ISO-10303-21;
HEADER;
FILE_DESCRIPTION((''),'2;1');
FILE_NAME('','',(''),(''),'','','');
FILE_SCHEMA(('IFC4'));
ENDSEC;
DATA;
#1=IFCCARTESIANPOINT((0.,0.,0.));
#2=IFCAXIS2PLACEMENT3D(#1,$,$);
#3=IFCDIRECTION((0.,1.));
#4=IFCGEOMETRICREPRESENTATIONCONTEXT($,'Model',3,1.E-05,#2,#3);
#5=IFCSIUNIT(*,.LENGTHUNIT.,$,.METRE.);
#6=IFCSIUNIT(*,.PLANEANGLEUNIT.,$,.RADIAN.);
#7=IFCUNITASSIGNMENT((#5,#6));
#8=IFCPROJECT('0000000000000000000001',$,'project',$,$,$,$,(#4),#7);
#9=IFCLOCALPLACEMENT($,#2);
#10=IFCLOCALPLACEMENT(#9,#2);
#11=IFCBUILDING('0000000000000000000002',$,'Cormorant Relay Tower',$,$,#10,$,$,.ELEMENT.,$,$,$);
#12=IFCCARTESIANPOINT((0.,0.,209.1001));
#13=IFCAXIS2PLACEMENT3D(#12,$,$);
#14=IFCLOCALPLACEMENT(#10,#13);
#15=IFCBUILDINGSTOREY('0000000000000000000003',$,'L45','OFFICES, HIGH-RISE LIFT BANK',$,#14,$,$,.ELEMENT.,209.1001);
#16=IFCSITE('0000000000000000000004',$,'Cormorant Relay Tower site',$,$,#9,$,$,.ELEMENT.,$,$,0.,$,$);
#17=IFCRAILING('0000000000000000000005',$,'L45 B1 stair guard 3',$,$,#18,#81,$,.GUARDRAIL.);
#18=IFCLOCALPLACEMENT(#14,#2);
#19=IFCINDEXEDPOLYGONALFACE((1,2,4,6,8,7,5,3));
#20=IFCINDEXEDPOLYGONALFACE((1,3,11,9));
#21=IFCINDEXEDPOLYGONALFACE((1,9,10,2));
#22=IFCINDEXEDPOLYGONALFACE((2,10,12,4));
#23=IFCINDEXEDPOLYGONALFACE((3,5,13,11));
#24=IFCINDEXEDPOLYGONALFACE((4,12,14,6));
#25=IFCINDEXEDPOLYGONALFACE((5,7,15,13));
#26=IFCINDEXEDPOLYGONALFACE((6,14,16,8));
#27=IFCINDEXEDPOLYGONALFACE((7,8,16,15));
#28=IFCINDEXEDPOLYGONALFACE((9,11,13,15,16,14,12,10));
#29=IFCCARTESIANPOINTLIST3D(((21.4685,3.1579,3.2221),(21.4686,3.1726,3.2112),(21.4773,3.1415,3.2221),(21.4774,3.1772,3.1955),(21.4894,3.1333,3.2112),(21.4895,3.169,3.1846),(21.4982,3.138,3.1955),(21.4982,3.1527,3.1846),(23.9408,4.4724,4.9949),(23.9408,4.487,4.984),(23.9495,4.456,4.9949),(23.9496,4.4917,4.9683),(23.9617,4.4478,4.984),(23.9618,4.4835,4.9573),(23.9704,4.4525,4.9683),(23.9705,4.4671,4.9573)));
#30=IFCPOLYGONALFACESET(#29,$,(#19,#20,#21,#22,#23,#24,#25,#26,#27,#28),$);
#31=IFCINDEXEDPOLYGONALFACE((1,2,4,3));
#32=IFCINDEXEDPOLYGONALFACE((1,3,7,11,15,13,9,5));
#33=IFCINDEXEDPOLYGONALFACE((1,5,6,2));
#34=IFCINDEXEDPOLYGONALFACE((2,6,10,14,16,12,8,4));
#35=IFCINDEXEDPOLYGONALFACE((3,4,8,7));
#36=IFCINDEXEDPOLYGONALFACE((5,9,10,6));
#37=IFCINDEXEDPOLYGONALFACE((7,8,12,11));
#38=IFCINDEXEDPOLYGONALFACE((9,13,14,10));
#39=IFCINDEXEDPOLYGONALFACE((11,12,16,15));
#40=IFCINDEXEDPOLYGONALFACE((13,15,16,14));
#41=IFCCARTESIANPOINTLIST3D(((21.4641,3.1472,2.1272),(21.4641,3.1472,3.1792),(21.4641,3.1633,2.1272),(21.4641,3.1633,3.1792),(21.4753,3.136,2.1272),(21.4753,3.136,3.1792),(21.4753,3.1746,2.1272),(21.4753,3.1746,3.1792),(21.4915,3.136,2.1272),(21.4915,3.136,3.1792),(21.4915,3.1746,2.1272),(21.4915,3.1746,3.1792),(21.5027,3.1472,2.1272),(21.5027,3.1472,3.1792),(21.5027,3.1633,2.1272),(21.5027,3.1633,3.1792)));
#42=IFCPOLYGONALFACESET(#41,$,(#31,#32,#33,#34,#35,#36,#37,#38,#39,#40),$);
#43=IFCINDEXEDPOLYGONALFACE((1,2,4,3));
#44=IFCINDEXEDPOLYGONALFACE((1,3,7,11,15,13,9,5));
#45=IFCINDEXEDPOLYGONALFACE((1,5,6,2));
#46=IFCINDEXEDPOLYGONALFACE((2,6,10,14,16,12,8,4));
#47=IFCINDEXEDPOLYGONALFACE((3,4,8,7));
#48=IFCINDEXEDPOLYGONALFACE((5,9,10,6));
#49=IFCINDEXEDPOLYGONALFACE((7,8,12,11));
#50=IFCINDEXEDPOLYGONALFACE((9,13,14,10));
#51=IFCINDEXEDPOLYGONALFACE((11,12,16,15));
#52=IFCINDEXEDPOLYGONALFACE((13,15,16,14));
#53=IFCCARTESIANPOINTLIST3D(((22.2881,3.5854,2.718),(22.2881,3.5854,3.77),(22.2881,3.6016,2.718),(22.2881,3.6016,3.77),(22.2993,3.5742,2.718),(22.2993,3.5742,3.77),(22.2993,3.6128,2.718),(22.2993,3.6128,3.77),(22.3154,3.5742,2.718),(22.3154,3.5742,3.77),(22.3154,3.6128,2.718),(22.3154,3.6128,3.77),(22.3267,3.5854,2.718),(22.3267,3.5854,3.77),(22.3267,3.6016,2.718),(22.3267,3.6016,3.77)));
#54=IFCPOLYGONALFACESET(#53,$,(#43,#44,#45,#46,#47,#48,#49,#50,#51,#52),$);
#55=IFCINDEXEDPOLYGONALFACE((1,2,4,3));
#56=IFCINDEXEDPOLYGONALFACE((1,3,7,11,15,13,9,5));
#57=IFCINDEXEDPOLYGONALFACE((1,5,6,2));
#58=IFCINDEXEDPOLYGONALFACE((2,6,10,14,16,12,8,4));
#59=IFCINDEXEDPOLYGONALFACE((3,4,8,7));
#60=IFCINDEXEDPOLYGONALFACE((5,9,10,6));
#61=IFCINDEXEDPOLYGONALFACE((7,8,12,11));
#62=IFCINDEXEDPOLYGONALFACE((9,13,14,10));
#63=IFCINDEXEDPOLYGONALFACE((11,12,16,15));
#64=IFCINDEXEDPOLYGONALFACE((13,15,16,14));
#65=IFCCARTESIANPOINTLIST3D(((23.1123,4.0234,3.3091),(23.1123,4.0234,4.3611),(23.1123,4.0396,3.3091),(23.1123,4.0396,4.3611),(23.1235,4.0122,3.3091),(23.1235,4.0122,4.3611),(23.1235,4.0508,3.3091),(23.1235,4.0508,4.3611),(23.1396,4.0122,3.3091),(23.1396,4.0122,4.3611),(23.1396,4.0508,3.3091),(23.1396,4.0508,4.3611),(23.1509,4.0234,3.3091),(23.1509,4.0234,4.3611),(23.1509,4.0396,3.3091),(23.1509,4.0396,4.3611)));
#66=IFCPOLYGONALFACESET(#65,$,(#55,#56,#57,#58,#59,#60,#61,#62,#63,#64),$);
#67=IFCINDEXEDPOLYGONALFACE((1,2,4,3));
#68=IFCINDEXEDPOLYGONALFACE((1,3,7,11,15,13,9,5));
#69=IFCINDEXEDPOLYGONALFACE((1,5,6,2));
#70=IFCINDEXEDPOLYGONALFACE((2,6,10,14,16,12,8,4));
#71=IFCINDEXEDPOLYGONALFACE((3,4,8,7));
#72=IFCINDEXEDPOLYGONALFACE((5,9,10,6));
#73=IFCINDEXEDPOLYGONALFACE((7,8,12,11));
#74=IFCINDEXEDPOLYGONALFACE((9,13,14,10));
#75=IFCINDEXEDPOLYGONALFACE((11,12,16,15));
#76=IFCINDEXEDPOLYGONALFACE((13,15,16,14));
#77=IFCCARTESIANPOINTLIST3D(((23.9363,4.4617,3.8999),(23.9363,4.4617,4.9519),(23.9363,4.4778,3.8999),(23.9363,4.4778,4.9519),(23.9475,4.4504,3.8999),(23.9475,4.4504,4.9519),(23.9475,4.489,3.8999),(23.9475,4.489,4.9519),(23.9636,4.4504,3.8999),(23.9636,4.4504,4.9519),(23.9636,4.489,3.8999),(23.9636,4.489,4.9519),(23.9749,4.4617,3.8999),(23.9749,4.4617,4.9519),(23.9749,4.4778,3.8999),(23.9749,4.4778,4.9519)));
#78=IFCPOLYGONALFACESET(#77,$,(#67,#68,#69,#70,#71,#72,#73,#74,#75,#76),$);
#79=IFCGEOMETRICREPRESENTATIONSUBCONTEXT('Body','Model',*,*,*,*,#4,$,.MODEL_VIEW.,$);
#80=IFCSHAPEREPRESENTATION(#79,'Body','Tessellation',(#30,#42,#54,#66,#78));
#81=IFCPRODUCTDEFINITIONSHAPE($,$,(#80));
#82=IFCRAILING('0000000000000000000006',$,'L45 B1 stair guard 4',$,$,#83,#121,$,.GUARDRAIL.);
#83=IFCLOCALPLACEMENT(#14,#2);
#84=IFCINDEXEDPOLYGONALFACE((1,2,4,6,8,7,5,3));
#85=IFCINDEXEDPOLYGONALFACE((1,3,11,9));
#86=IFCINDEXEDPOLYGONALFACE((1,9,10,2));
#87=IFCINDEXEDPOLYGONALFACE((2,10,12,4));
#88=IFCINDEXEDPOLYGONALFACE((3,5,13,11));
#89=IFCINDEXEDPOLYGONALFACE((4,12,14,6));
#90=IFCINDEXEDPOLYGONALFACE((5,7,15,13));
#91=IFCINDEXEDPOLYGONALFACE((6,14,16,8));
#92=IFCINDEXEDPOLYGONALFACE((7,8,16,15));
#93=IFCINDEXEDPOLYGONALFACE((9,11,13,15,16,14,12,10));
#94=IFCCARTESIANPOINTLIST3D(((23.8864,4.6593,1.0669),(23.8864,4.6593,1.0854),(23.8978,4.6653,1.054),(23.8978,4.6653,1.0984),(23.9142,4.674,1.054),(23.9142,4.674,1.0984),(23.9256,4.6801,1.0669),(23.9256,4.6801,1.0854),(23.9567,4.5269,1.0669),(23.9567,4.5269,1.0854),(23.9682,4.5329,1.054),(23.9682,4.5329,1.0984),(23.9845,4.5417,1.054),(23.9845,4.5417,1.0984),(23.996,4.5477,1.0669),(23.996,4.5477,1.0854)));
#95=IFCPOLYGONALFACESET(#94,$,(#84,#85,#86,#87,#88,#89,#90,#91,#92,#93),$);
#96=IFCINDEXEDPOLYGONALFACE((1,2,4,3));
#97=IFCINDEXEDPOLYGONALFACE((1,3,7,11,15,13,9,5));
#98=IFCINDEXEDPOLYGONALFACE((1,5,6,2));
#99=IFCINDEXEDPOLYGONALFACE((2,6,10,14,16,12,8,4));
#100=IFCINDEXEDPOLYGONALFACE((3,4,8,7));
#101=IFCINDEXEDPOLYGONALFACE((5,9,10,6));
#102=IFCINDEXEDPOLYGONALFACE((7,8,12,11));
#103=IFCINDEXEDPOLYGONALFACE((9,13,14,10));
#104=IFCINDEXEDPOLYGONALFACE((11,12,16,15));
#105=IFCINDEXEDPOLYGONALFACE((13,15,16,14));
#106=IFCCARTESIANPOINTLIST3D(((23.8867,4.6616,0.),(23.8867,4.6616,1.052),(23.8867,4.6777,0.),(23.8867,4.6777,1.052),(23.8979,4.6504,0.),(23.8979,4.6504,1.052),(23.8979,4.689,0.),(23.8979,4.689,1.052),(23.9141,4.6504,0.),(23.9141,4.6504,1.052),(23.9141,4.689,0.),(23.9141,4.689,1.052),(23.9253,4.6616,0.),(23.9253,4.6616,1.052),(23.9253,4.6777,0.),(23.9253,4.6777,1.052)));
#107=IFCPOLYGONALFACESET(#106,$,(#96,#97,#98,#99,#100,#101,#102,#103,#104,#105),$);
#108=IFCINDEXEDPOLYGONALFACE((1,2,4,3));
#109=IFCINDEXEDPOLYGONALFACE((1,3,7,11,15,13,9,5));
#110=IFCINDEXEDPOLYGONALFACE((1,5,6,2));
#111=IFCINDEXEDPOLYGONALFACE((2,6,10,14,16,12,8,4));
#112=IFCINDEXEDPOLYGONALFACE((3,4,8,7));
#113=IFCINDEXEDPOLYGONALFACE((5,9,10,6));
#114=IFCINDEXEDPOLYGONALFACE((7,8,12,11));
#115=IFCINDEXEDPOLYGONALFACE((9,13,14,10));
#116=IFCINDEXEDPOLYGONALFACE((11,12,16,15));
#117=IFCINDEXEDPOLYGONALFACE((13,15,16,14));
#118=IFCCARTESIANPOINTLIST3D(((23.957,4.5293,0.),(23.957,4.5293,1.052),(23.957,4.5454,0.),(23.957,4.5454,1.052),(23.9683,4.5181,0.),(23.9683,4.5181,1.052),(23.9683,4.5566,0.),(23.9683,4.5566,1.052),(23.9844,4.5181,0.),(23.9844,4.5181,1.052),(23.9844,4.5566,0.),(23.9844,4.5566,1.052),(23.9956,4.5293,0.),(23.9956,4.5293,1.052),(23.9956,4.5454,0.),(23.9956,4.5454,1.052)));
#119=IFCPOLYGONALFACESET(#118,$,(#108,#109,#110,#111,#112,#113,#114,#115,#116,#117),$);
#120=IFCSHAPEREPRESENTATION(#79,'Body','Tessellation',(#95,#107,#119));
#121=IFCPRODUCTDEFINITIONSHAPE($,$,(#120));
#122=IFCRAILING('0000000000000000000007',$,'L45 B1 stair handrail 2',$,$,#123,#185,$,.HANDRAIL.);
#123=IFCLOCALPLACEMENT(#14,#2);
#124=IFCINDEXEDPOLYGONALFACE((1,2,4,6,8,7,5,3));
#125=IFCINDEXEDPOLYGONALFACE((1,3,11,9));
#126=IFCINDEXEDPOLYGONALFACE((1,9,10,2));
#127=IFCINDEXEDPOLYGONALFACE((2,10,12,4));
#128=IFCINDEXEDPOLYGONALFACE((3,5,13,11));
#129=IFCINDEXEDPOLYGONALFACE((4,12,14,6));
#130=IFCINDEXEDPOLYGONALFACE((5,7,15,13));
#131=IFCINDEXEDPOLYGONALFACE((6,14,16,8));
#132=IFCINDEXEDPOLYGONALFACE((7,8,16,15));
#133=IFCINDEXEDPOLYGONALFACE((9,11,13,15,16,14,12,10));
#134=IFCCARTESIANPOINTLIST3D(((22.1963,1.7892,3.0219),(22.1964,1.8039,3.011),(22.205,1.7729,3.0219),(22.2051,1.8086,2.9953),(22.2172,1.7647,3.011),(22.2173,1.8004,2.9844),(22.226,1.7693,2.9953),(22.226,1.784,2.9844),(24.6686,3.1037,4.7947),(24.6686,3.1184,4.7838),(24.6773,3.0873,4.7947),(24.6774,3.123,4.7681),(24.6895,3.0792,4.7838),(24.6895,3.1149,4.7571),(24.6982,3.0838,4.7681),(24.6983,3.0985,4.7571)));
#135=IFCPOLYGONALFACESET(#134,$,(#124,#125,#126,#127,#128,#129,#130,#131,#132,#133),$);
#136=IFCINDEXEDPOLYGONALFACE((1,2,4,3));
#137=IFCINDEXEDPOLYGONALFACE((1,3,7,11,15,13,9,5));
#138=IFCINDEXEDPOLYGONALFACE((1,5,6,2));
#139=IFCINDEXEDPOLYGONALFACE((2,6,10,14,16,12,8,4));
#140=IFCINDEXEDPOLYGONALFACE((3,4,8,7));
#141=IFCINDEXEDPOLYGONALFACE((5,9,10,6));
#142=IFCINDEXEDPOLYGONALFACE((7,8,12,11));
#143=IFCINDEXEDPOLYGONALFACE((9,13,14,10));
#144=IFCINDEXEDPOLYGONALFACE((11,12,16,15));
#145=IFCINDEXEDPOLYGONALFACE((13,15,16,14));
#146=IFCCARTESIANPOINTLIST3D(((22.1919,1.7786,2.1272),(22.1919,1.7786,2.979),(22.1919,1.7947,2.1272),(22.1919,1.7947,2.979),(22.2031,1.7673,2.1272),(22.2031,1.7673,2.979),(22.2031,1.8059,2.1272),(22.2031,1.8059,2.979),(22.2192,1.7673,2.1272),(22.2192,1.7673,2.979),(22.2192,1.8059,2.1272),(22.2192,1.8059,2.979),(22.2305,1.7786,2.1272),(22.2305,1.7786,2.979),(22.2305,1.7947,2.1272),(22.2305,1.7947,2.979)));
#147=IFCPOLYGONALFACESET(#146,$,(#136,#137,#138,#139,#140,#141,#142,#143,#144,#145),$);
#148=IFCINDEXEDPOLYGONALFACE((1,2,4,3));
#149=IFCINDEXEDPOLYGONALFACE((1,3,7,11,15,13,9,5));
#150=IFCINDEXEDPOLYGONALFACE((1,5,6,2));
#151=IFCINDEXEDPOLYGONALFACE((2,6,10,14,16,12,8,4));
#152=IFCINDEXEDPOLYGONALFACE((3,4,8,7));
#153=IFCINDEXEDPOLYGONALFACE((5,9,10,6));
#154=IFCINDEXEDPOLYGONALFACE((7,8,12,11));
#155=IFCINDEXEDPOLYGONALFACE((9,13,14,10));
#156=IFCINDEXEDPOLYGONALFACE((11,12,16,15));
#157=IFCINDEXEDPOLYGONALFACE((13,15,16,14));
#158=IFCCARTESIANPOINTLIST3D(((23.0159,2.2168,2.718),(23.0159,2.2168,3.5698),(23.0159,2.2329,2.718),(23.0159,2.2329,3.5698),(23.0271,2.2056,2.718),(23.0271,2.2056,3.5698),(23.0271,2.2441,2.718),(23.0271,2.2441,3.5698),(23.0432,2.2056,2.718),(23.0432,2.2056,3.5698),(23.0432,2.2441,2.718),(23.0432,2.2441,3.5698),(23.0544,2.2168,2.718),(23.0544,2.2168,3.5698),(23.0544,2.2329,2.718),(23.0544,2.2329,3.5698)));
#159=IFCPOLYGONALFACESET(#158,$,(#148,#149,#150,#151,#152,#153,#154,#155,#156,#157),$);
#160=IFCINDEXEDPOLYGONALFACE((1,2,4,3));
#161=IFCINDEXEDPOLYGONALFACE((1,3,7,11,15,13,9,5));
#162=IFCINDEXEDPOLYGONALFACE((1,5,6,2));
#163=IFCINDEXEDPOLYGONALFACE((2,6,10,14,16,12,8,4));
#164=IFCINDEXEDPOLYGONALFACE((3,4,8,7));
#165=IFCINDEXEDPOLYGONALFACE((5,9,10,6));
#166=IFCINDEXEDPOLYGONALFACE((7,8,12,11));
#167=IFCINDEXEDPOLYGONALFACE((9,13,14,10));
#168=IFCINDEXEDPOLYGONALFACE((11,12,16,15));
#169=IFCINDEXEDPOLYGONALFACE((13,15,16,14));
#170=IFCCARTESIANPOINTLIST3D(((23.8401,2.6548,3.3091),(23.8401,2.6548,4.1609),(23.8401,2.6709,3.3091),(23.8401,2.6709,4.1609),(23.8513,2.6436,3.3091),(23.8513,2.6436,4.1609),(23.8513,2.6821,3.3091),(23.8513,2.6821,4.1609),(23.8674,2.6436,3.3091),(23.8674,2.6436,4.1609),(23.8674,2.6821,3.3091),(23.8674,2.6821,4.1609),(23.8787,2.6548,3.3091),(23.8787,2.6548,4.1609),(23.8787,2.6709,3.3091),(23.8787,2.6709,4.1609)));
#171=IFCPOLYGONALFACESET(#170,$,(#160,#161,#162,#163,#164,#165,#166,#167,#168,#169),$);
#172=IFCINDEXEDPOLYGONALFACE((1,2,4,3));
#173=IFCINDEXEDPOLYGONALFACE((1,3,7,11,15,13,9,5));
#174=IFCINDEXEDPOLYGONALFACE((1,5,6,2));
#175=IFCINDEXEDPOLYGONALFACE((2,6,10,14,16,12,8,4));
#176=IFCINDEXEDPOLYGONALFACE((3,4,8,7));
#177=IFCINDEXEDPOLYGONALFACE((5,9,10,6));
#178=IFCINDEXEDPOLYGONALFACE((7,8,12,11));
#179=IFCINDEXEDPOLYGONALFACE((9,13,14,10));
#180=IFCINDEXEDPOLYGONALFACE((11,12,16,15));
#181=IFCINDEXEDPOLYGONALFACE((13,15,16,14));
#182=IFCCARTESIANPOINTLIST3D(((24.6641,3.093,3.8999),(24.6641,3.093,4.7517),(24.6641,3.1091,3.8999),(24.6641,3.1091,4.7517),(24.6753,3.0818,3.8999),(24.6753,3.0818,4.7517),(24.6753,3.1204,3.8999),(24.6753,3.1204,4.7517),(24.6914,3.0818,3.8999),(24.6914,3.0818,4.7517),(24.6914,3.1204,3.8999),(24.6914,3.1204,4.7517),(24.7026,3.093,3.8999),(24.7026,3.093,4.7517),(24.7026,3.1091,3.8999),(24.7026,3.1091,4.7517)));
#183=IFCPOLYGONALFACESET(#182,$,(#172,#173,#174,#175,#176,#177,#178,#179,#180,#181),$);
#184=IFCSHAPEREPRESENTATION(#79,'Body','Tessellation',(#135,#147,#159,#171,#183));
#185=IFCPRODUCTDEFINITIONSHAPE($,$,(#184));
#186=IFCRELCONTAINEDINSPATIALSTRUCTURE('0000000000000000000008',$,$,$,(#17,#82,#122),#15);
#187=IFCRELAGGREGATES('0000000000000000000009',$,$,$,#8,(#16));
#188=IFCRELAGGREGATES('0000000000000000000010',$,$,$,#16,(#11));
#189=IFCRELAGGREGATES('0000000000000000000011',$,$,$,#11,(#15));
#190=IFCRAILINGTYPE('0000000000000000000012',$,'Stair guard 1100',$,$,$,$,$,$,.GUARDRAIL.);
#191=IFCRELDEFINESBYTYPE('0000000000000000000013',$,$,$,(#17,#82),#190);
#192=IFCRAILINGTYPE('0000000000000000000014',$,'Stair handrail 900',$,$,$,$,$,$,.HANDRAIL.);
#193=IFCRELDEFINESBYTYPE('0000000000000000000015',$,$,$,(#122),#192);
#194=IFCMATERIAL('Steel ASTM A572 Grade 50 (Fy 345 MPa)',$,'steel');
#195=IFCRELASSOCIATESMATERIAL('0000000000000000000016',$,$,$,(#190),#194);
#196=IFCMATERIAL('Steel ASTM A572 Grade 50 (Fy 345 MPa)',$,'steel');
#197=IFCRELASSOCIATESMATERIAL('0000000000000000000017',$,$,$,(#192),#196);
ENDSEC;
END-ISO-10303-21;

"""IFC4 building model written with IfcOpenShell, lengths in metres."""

from ifc_helpers import new_model, si_unit, direction, frame, origin, place, context, subcontext, project, spatial, polyline, outline, extrude, material, type_object, element, save


model = new_model("IFC4")

# Units and contexts
model_context = context("Model", 3, precision=1e-05, world=origin(), true_north=direction((0.0, 1.0)))
body_context = subcontext(model_context, "Body", "Model", "MODEL_VIEW")
ifc_project = project(units=[si_unit("LENGTHUNIT", "METRE"), si_unit("PLANEANGLEUNIT", "RADIAN")], contexts=[model_context])

# Site, building, storey
site_placement = place(None, origin())
site = spatial("IfcSite", under=ifc_project, at=site_placement, Name="Cormorant Relay Tower site", CompositionType="ELEMENT", RefElevation=0.0)
building_placement = place(site_placement, origin())
building = spatial("IfcBuilding", under=site, at=building_placement, Name="Cormorant Relay Tower", CompositionType="ELEMENT")
storey_placement = place(building_placement, frame((0.0, 0.0, 209.1001)))
storey = spatial("IfcBuildingStorey", under=building, at=storey_placement, Name="L45", Description="OFFICES, HIGH-RISE LIFT BANK", CompositionType="ELEMENT", Elevation=209.1001)

# Railings
ifc_material_1 = material(Name="Steel ASTM A572 Grade 50 (Fy 345 MPa)", Category="steel")
railing_type_1 = type_object("IfcRailingType", Name="Stair guard 1100", PredefinedType="GUARDRAIL", material=ifc_material_1)
railing_1_placement = place(storey_placement, frame((21.4834, 3.1553, 2.1272)))
element("IfcRailing", 1, at=railing_1_placement, inside=storey, type_object=railing_type_1, Name="L45 B1 stair guard 3", PredefinedType="GUARDRAIL", context=body_context, shape_type="SweptSolid", body=[
    extrude(outline(polyline([(0.0222, 0.0093), (0.0093, 0.0222), (-0.0093, 0.0222), (-0.0222, 0.0093), (-0.0222, -0.0093), (-0.0093, -0.0222), (0.0093, -0.0222), (0.0222, -0.0093), (0.0222, 0.0093)])), frame((0.0, 0.0, 1.0762), z_axis=(0.746001, 0.396649, 0.534931), x_axis=(-0.469465, 0.882951, 0.0)), (0.0, 0.0, 1.0), 3.314),
    extrude(outline(polyline([(0.0193, 0.0081), (0.0081, 0.0193), (-0.0081, 0.0193), (-0.0193, 0.0081), (-0.0193, -0.0081), (-0.0081, -0.0193), (0.0081, -0.0193), (0.0193, -0.0081), (0.0193, 0.0081)])), origin(), (0.0, 0.0, 1.0), 1.052),
    extrude(outline(polyline([(0.0193, 0.0081), (0.0081, 0.0193), (-0.0081, 0.0193), (-0.0193, 0.0081), (-0.0193, -0.0081), (-0.0081, -0.0193), (0.0081, -0.0193), (0.0193, -0.0081), (0.0193, 0.0081)])), frame((0.824, 0.4382, 0.5908)), (0.0, 0.0, 1.0), 1.052),
    extrude(outline(polyline([(0.0193, 0.0081), (0.0081, 0.0193), (-0.0081, 0.0193), (-0.0193, 0.0081), (-0.0193, -0.0081), (-0.0081, -0.0193), (0.0081, -0.0193), (0.0193, -0.0081), (0.0193, 0.0081)])), frame((1.6482, 0.8762, 1.1819)), (0.0, 0.0, 1.0), 1.052),
    extrude(outline(polyline([(0.0193, 0.0081), (0.0081, 0.0193), (-0.0081, 0.0193), (-0.0193, 0.0081), (-0.0193, -0.0081), (-0.0081, -0.0193), (0.0081, -0.0193), (0.0193, -0.0081), (0.0193, 0.0081)])), frame((2.4722, 1.3145, 1.7727)), (0.0, 0.0, 1.0), 1.052),
])
railing_2_placement = place(storey_placement, frame((23.906, 4.6697, 0.0)))
element("IfcRailing", 2, at=railing_2_placement, inside=storey, type_object=railing_type_1, Name="L45 B1 stair guard 4", PredefinedType="GUARDRAIL", context=body_context, shape_type="SweptSolid", body=[
    extrude(outline(polyline([(0.0222, 0.0093), (0.0093, 0.0222), (-0.0093, 0.0222), (-0.0222, 0.0093), (-0.0222, -0.0093), (-0.0093, -0.0222), (0.0093, -0.0222), (0.0222, -0.0093), (0.0222, 0.0093)])), frame((0.0, 0.0, 1.0762), z_axis=(0.469235, -0.883074, 0.0), x_axis=(0.883074, 0.469235, 0.0)), (0.0, 0.0, 1.0), 0.1499),
    extrude(outline(polyline([(0.0193, 0.0081), (0.0081, 0.0193), (-0.0081, 0.0193), (-0.0193, 0.0081), (-0.0193, -0.0081), (-0.0081, -0.0193), (0.0081, -0.0193), (0.0193, -0.0081), (0.0193, 0.0081)])), origin(), (0.0, 0.0, 1.0), 1.052),
    extrude(outline(polyline([(0.0193, 0.0081), (0.0081, 0.0193), (-0.0081, 0.0193), (-0.0193, 0.0081), (-0.0193, -0.0081), (-0.0081, -0.0193), (0.0081, -0.0193), (0.0193, -0.0081), (0.0193, 0.0081)])), frame((0.0703, -0.1323, 0.0)), (0.0, 0.0, 1.0), 1.052),
])
ifc_material_2 = material(Name="Steel ASTM A572 Grade 50 (Fy 345 MPa)", Category="steel")
railing_type_2 = type_object("IfcRailingType", Name="Stair handrail 900", PredefinedType="HANDRAIL", material=ifc_material_2)
railing_3_placement = place(storey_placement, frame((22.2112, 1.7866, 2.1272)))
element("IfcRailing", 3, at=railing_3_placement, inside=storey, type_object=railing_type_2, Name="L45 B1 stair handrail 2", PredefinedType="HANDRAIL", context=body_context, shape_type="SweptSolid", body=[
    extrude(outline(polyline([(0.0222, 0.0093), (0.0093, 0.0222), (-0.0093, 0.0222), (-0.0222, 0.0093), (-0.0222, -0.0093), (-0.0093, -0.0222), (0.0093, -0.0222), (0.0222, -0.0093), (0.0222, 0.0093)])), frame((0.0, 0.0, 0.876), z_axis=(0.746001, 0.396649, 0.534931), x_axis=(-0.469465, 0.882951, 0.0)), (0.0, 0.0, 1.0), 3.314),
    extrude(outline(polyline([(0.0193, 0.0081), (0.0081, 0.0193), (-0.0081, 0.0193), (-0.0193, 0.0081), (-0.0193, -0.0081), (-0.0081, -0.0193), (0.0081, -0.0193), (0.0193, -0.0081), (0.0193, 0.0081)])), origin(), (0.0, 0.0, 1.0), 0.8518),
    extrude(outline(polyline([(0.0193, 0.0081), (0.0081, 0.0193), (-0.0081, 0.0193), (-0.0193, 0.0081), (-0.0193, -0.0081), (-0.0081, -0.0193), (0.0081, -0.0193), (0.0193, -0.0081), (0.0193, 0.0081)])), frame((0.824, 0.4382, 0.5908)), (0.0, 0.0, 1.0), 0.8518),
    extrude(outline(polyline([(0.0193, 0.0081), (0.0081, 0.0193), (-0.0081, 0.0193), (-0.0193, 0.0081), (-0.0193, -0.0081), (-0.0081, -0.0193), (0.0081, -0.0193), (0.0193, -0.0081), (0.0193, 0.0081)])), frame((1.6482, 0.8762, 1.1819)), (0.0, 0.0, 1.0), 0.8518),
    extrude(outline(polyline([(0.0193, 0.0081), (0.0081, 0.0193), (-0.0081, 0.0193), (-0.0193, 0.0081), (-0.0193, -0.0081), (-0.0081, -0.0193), (0.0081, -0.0193), (0.0193, -0.0081), (0.0193, 0.0081)])), frame((2.4722, 1.3145, 1.7727)), (0.0, 0.0, 1.0), 0.8518),
])

save(model, "model.ifc")
